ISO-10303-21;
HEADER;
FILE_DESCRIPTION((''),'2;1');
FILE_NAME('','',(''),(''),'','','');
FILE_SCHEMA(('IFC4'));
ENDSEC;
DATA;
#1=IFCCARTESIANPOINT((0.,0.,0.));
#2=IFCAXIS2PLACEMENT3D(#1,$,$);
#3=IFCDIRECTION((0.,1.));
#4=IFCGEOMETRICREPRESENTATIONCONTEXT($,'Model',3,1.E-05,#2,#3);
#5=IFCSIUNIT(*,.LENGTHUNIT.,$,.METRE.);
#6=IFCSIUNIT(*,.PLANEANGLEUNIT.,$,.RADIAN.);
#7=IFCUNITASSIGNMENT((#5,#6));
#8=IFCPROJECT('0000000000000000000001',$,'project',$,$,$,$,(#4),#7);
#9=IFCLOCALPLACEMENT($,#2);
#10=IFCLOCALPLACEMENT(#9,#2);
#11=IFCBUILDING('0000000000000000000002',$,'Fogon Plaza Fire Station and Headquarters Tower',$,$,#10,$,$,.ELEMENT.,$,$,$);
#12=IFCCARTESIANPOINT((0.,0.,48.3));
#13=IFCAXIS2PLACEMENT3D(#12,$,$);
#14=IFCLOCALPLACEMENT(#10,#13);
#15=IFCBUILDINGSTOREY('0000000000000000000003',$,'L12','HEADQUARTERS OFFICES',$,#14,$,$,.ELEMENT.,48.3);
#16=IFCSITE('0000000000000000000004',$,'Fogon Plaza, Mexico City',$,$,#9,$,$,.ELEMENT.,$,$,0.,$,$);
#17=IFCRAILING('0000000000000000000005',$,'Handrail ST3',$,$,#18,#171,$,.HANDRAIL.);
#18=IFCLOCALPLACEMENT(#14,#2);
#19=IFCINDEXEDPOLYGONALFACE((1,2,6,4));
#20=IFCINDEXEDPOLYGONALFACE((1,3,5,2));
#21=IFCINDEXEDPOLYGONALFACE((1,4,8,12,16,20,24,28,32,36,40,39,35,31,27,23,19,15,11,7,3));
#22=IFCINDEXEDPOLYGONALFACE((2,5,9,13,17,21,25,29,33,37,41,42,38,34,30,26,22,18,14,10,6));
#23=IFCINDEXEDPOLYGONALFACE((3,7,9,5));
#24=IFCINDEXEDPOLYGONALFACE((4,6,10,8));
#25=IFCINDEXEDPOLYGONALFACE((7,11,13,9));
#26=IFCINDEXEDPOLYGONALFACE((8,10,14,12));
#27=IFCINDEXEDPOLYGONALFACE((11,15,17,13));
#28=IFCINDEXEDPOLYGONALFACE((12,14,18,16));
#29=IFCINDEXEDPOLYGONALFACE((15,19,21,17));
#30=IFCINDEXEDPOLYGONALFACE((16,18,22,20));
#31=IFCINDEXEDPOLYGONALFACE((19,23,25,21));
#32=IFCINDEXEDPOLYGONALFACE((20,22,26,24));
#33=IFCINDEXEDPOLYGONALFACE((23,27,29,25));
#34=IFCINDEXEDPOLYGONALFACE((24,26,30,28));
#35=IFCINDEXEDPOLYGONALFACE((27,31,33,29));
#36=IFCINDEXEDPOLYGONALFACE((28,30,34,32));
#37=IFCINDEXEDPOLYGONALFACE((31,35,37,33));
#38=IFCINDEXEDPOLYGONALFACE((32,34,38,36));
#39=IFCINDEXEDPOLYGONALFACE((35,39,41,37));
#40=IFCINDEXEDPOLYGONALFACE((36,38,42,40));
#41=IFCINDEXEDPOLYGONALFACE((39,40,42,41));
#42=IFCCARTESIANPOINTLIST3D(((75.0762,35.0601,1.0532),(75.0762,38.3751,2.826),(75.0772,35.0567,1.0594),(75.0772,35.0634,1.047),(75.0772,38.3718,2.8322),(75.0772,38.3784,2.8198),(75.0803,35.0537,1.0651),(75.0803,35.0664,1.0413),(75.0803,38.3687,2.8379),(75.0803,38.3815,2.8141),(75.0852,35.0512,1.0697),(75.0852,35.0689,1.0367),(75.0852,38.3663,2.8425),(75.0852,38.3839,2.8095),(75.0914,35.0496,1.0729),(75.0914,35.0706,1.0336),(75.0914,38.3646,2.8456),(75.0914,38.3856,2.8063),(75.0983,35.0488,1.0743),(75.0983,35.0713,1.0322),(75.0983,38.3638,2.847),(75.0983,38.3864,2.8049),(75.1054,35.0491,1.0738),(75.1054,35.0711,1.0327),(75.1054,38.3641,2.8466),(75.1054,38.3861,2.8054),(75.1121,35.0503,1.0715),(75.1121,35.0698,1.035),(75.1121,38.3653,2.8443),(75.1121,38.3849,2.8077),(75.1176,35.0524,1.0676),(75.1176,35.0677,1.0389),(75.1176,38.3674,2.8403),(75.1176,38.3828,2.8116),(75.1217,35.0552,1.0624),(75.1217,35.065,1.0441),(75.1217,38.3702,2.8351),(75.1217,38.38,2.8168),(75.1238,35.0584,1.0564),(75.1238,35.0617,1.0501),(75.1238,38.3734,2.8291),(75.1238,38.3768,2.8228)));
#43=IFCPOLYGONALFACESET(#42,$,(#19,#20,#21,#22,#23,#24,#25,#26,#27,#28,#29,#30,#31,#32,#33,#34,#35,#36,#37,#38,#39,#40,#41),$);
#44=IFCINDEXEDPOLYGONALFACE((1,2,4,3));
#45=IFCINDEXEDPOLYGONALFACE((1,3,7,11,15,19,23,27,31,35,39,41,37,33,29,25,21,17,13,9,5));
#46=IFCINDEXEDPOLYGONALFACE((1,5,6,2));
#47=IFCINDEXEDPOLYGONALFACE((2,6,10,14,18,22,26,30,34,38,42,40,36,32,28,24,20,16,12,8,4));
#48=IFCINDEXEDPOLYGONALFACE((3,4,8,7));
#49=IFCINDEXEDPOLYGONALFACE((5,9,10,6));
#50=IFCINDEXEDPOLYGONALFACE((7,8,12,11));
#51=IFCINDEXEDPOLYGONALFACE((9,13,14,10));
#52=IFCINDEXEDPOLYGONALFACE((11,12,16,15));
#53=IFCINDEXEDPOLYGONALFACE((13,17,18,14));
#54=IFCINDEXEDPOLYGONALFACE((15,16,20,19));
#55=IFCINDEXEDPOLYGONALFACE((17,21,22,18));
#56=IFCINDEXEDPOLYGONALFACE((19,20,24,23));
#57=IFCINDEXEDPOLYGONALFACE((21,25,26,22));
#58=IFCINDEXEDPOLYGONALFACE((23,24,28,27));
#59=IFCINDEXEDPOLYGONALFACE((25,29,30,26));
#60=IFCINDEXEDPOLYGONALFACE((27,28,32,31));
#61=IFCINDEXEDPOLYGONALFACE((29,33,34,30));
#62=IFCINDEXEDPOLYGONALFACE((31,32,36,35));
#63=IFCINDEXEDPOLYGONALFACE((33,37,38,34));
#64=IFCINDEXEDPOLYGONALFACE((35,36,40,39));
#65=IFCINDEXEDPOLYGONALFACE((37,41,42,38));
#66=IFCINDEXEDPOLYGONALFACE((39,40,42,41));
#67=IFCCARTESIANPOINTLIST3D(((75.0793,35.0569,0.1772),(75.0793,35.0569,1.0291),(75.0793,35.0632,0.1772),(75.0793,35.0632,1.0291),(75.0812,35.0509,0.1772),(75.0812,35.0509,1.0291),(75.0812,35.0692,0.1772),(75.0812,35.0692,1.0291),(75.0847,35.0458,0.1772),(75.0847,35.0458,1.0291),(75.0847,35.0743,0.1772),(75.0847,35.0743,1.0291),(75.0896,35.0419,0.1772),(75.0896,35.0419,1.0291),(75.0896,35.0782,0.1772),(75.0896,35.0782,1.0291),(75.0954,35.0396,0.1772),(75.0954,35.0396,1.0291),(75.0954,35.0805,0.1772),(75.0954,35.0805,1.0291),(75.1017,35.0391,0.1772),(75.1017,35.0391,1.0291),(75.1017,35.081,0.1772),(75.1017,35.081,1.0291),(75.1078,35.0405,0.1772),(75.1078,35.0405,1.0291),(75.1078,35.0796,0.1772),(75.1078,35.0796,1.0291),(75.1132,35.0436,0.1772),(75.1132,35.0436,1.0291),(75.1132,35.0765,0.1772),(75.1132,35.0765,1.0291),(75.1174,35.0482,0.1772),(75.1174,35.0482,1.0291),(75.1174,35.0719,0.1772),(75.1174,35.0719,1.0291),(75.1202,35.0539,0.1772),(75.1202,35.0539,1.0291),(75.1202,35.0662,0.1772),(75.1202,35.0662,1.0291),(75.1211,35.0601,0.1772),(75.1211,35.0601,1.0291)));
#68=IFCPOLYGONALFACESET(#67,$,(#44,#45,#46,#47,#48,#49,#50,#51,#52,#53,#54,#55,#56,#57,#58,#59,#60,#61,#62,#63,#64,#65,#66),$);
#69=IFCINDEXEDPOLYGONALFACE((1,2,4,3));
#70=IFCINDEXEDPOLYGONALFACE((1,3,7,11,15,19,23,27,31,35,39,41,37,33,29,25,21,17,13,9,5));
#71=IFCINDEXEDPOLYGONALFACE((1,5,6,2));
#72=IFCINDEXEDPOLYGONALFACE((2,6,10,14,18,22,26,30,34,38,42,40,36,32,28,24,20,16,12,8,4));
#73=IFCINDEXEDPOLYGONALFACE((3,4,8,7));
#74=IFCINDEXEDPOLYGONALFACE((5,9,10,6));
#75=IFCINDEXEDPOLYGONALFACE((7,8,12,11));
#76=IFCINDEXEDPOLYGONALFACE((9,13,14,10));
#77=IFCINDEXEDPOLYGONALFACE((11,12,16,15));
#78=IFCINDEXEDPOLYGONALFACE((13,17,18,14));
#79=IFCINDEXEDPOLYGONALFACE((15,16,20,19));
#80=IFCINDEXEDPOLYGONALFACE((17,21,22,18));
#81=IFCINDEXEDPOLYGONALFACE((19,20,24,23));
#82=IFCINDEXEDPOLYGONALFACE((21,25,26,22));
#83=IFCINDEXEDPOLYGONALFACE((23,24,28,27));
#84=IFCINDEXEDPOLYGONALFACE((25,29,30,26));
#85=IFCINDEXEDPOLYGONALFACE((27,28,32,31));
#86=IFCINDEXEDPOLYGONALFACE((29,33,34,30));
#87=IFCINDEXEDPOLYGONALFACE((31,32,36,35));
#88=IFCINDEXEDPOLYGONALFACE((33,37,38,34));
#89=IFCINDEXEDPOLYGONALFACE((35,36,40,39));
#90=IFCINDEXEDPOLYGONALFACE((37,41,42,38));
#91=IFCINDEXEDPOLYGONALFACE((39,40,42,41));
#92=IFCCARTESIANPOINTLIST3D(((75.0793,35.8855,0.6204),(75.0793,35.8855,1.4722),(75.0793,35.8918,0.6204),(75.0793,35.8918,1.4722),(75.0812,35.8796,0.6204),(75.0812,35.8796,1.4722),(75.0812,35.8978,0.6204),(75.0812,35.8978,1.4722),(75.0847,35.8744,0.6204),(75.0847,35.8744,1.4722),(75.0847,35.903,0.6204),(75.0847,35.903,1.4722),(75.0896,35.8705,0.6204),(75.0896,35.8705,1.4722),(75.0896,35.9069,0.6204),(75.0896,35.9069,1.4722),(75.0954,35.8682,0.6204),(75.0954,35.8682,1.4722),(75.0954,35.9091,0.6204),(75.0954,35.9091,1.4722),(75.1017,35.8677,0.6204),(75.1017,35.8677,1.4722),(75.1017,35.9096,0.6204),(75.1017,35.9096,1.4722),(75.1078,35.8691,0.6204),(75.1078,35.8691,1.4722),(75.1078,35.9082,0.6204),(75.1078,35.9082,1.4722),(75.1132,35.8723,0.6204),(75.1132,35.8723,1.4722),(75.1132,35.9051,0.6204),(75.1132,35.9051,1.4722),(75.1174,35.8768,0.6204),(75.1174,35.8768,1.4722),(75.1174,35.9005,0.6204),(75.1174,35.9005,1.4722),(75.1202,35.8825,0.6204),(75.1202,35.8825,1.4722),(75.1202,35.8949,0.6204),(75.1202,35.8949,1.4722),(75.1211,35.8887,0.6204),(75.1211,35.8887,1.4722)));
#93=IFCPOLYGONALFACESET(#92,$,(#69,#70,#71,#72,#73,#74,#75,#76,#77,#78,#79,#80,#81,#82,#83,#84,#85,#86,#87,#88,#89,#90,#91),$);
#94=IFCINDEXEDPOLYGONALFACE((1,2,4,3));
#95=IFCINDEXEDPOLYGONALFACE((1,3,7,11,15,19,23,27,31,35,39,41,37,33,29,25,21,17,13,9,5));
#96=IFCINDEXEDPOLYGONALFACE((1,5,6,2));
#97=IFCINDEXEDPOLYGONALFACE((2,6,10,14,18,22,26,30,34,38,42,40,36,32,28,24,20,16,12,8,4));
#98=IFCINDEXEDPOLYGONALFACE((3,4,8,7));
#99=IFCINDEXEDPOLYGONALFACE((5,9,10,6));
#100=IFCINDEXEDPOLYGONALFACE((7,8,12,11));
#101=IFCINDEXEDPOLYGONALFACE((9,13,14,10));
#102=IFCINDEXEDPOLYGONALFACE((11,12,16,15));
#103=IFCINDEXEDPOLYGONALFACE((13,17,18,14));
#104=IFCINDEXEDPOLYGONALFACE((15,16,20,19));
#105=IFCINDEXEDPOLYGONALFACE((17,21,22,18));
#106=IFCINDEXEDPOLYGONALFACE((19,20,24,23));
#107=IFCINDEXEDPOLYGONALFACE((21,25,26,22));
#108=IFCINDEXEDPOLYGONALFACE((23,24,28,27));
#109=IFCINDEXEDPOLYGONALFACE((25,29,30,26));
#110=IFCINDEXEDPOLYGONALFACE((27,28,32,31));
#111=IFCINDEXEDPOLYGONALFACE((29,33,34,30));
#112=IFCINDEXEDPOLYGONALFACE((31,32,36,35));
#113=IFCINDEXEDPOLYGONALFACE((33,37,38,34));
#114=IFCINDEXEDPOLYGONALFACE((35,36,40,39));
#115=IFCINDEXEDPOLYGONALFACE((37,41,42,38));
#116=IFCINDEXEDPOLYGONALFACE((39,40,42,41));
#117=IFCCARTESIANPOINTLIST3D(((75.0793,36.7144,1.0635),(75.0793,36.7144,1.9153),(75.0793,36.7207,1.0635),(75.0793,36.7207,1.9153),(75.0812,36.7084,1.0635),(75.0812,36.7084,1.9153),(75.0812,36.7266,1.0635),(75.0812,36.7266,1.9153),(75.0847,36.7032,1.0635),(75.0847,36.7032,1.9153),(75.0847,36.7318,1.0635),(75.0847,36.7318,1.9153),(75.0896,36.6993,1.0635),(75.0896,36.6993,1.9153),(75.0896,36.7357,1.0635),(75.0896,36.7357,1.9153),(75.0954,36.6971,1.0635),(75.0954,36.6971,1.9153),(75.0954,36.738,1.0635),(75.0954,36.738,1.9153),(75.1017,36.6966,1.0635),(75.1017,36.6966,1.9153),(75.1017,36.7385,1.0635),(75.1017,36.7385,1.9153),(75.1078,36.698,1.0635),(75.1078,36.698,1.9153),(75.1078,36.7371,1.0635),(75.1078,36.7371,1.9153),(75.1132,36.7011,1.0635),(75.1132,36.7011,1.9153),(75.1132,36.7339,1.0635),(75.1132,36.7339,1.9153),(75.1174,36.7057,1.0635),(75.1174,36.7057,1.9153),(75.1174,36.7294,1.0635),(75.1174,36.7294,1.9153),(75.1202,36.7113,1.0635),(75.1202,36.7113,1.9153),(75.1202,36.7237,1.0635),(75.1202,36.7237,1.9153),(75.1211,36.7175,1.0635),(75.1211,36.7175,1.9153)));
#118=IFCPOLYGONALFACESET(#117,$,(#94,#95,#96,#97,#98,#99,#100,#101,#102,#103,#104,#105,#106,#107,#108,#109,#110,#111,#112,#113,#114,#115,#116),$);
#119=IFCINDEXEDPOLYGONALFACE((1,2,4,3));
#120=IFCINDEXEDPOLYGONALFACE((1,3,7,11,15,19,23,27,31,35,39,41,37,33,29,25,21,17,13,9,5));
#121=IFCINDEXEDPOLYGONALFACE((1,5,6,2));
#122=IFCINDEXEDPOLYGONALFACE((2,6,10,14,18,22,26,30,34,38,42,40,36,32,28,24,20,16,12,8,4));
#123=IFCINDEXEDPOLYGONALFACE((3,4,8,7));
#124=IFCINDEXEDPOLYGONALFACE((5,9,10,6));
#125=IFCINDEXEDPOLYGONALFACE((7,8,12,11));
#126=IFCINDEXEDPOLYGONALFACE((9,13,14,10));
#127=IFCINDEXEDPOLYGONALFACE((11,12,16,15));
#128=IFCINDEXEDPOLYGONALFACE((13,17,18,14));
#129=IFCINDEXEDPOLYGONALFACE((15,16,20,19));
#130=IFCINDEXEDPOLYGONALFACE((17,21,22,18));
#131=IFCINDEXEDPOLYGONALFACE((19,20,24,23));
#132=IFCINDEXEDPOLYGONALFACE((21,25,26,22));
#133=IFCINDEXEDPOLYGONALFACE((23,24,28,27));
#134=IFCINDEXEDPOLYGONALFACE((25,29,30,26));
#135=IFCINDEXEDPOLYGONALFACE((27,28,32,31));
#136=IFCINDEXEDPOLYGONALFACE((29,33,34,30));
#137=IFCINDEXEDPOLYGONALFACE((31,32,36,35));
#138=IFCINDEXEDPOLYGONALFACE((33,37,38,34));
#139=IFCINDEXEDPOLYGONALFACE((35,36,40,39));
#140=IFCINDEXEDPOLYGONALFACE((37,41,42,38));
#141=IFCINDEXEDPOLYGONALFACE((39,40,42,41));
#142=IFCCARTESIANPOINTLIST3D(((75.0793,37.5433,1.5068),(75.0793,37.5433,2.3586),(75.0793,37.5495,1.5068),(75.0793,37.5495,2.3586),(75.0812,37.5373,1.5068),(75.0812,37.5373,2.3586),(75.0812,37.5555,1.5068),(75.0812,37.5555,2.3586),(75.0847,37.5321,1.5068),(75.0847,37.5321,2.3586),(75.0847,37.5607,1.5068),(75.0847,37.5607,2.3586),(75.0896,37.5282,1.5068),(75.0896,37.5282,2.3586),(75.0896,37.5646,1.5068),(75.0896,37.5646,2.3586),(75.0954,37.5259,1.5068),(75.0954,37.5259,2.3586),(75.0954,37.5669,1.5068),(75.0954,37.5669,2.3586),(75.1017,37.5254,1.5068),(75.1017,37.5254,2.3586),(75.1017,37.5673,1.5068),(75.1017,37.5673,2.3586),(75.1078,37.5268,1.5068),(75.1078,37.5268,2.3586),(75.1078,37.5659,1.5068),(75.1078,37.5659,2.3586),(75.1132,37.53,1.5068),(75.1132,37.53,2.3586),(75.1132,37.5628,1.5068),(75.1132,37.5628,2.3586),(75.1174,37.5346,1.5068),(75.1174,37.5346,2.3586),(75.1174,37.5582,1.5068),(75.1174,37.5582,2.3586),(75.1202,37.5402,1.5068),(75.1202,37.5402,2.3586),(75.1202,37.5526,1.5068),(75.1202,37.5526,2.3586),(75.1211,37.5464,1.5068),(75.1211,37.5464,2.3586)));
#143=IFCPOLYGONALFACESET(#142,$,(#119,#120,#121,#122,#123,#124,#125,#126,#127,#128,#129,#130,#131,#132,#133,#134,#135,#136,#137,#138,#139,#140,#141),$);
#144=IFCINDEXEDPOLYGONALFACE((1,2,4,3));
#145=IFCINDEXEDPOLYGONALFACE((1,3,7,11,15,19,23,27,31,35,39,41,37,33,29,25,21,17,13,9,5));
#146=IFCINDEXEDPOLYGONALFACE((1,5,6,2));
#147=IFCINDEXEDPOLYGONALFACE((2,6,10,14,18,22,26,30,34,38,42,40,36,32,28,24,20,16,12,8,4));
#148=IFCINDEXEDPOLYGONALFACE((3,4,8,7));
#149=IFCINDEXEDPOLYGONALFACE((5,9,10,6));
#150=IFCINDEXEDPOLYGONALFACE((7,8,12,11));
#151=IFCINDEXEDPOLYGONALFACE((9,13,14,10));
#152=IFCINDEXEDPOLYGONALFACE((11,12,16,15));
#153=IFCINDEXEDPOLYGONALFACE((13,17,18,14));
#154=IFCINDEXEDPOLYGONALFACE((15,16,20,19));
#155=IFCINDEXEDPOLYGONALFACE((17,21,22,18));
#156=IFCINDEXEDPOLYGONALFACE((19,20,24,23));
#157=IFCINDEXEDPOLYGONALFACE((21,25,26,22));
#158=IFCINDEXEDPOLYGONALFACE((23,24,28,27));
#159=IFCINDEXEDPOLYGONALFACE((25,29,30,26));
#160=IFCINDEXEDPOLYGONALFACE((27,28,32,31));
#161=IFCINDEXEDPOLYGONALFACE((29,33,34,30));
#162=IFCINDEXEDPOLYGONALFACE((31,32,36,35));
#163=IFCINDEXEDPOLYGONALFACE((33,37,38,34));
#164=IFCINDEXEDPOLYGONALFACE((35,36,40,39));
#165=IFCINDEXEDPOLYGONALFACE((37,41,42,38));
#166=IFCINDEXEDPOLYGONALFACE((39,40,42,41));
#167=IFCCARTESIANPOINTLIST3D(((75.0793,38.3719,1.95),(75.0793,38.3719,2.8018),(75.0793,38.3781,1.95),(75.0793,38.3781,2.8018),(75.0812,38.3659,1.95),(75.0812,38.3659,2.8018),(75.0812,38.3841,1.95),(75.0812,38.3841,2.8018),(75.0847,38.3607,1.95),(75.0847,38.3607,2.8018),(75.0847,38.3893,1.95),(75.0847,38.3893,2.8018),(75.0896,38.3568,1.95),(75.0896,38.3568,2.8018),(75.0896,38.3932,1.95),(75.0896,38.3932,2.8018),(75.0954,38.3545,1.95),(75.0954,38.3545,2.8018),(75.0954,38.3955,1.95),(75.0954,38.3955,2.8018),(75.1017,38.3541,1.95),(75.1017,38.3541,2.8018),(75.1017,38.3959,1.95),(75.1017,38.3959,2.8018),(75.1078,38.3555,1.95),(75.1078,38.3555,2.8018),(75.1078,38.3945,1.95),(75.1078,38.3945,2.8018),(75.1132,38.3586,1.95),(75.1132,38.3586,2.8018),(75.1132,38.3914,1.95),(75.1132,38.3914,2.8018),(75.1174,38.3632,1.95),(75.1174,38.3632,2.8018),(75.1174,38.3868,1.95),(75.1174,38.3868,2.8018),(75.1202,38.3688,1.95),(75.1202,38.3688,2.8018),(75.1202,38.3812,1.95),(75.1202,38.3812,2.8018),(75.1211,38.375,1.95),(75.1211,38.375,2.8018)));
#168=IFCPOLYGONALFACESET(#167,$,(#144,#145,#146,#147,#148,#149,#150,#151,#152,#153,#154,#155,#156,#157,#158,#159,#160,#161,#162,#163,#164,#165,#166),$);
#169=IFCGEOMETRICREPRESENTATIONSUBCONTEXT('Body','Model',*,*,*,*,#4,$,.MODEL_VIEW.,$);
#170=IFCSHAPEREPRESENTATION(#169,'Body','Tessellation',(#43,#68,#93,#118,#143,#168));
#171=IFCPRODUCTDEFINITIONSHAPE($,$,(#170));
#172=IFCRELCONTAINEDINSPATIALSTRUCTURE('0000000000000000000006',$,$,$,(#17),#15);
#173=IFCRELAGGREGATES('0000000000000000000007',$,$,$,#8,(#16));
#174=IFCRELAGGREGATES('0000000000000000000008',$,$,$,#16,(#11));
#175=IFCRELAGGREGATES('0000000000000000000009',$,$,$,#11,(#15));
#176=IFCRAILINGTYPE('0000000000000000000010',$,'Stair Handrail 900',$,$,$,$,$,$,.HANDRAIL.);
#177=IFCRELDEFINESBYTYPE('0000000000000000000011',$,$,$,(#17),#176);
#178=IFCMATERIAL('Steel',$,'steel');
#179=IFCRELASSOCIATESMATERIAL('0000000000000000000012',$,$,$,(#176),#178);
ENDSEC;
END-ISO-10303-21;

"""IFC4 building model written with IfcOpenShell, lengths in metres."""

from ifc_helpers import new_model, si_unit, direction, frame, origin, origin_2d, place, context, subcontext, project, spatial, circle, extrude, material, type_object, element, save


model = new_model("IFC4")

# Units and contexts
model_context = context("Model", 3, precision=1e-05, world=origin(), true_north=direction((0.0, 1.0)))
body_context = subcontext(model_context, "Body", "Model", "MODEL_VIEW")
ifc_project = project(units=[si_unit("LENGTHUNIT", "METRE"), si_unit("PLANEANGLEUNIT", "RADIAN")], contexts=[model_context])

# Site, building, storey
site_placement = place(None, origin())
site = spatial("IfcSite", under=ifc_project, at=site_placement, Name="Fogon Plaza, Mexico City", CompositionType="ELEMENT", RefElevation=0.0)
building_placement = place(site_placement, origin())
building = spatial("IfcBuilding", under=site, at=building_placement, Name="Fogon Plaza Fire Station and Headquarters Tower", CompositionType="ELEMENT")
storey_placement = place(building_placement, frame((0.0, 0.0, 48.3)))
storey = spatial("IfcBuildingStorey", under=building, at=storey_placement, Name="L12", Description="HEADQUARTERS OFFICES", CompositionType="ELEMENT", Elevation=48.3)

# Railing
ifc_material_1 = material(Name="Steel", Category="steel")
railing_type = type_object("IfcRailingType", Name="Stair Handrail 900", PredefinedType="HANDRAIL", material=ifc_material_1)
for number, where, name in (
    (1, (75.1001, 35.0601, 0.1772), "Handrail ST3"),
):
    element("IfcRailing", number, at=place(storey_placement, frame(where)), inside=storey, type_object=railing_type, Name=name, PredefinedType="HANDRAIL", context=body_context, shape_type="SweptSolid", body=[
        extrude(circle(Radius=0.0239, at=origin_2d()), frame((0.0, 0.0, 0.876), z_axis=(0.0, 0.881829, 0.471569), x_axis=(-1.0, 0.0, 0.0)), (0.0, 0.0, 1.0), 3.7593),
        extrude(circle(Radius=0.021, at=origin_2d()), origin(), (0.0, 0.0, 1.0), 0.8518),
        extrude(circle(Radius=0.021, at=origin_2d()), frame((0.0, 0.8286, 0.4431)), (0.0, 0.0, 1.0), 0.8518),
        extrude(circle(Radius=0.021, at=origin_2d()), frame((0.0, 1.6575, 0.8862)), (0.0, 0.0, 1.0), 0.8518),
        extrude(circle(Radius=0.021, at=origin_2d()), frame((0.0, 2.4863, 1.3296)), (0.0, 0.0, 1.0), 0.8518),
        extrude(circle(Radius=0.021, at=origin_2d()), frame((0.0, 3.3149, 1.7727)), (0.0, 0.0, 1.0), 0.8518),
    ])

save(model, "model.ifc")
